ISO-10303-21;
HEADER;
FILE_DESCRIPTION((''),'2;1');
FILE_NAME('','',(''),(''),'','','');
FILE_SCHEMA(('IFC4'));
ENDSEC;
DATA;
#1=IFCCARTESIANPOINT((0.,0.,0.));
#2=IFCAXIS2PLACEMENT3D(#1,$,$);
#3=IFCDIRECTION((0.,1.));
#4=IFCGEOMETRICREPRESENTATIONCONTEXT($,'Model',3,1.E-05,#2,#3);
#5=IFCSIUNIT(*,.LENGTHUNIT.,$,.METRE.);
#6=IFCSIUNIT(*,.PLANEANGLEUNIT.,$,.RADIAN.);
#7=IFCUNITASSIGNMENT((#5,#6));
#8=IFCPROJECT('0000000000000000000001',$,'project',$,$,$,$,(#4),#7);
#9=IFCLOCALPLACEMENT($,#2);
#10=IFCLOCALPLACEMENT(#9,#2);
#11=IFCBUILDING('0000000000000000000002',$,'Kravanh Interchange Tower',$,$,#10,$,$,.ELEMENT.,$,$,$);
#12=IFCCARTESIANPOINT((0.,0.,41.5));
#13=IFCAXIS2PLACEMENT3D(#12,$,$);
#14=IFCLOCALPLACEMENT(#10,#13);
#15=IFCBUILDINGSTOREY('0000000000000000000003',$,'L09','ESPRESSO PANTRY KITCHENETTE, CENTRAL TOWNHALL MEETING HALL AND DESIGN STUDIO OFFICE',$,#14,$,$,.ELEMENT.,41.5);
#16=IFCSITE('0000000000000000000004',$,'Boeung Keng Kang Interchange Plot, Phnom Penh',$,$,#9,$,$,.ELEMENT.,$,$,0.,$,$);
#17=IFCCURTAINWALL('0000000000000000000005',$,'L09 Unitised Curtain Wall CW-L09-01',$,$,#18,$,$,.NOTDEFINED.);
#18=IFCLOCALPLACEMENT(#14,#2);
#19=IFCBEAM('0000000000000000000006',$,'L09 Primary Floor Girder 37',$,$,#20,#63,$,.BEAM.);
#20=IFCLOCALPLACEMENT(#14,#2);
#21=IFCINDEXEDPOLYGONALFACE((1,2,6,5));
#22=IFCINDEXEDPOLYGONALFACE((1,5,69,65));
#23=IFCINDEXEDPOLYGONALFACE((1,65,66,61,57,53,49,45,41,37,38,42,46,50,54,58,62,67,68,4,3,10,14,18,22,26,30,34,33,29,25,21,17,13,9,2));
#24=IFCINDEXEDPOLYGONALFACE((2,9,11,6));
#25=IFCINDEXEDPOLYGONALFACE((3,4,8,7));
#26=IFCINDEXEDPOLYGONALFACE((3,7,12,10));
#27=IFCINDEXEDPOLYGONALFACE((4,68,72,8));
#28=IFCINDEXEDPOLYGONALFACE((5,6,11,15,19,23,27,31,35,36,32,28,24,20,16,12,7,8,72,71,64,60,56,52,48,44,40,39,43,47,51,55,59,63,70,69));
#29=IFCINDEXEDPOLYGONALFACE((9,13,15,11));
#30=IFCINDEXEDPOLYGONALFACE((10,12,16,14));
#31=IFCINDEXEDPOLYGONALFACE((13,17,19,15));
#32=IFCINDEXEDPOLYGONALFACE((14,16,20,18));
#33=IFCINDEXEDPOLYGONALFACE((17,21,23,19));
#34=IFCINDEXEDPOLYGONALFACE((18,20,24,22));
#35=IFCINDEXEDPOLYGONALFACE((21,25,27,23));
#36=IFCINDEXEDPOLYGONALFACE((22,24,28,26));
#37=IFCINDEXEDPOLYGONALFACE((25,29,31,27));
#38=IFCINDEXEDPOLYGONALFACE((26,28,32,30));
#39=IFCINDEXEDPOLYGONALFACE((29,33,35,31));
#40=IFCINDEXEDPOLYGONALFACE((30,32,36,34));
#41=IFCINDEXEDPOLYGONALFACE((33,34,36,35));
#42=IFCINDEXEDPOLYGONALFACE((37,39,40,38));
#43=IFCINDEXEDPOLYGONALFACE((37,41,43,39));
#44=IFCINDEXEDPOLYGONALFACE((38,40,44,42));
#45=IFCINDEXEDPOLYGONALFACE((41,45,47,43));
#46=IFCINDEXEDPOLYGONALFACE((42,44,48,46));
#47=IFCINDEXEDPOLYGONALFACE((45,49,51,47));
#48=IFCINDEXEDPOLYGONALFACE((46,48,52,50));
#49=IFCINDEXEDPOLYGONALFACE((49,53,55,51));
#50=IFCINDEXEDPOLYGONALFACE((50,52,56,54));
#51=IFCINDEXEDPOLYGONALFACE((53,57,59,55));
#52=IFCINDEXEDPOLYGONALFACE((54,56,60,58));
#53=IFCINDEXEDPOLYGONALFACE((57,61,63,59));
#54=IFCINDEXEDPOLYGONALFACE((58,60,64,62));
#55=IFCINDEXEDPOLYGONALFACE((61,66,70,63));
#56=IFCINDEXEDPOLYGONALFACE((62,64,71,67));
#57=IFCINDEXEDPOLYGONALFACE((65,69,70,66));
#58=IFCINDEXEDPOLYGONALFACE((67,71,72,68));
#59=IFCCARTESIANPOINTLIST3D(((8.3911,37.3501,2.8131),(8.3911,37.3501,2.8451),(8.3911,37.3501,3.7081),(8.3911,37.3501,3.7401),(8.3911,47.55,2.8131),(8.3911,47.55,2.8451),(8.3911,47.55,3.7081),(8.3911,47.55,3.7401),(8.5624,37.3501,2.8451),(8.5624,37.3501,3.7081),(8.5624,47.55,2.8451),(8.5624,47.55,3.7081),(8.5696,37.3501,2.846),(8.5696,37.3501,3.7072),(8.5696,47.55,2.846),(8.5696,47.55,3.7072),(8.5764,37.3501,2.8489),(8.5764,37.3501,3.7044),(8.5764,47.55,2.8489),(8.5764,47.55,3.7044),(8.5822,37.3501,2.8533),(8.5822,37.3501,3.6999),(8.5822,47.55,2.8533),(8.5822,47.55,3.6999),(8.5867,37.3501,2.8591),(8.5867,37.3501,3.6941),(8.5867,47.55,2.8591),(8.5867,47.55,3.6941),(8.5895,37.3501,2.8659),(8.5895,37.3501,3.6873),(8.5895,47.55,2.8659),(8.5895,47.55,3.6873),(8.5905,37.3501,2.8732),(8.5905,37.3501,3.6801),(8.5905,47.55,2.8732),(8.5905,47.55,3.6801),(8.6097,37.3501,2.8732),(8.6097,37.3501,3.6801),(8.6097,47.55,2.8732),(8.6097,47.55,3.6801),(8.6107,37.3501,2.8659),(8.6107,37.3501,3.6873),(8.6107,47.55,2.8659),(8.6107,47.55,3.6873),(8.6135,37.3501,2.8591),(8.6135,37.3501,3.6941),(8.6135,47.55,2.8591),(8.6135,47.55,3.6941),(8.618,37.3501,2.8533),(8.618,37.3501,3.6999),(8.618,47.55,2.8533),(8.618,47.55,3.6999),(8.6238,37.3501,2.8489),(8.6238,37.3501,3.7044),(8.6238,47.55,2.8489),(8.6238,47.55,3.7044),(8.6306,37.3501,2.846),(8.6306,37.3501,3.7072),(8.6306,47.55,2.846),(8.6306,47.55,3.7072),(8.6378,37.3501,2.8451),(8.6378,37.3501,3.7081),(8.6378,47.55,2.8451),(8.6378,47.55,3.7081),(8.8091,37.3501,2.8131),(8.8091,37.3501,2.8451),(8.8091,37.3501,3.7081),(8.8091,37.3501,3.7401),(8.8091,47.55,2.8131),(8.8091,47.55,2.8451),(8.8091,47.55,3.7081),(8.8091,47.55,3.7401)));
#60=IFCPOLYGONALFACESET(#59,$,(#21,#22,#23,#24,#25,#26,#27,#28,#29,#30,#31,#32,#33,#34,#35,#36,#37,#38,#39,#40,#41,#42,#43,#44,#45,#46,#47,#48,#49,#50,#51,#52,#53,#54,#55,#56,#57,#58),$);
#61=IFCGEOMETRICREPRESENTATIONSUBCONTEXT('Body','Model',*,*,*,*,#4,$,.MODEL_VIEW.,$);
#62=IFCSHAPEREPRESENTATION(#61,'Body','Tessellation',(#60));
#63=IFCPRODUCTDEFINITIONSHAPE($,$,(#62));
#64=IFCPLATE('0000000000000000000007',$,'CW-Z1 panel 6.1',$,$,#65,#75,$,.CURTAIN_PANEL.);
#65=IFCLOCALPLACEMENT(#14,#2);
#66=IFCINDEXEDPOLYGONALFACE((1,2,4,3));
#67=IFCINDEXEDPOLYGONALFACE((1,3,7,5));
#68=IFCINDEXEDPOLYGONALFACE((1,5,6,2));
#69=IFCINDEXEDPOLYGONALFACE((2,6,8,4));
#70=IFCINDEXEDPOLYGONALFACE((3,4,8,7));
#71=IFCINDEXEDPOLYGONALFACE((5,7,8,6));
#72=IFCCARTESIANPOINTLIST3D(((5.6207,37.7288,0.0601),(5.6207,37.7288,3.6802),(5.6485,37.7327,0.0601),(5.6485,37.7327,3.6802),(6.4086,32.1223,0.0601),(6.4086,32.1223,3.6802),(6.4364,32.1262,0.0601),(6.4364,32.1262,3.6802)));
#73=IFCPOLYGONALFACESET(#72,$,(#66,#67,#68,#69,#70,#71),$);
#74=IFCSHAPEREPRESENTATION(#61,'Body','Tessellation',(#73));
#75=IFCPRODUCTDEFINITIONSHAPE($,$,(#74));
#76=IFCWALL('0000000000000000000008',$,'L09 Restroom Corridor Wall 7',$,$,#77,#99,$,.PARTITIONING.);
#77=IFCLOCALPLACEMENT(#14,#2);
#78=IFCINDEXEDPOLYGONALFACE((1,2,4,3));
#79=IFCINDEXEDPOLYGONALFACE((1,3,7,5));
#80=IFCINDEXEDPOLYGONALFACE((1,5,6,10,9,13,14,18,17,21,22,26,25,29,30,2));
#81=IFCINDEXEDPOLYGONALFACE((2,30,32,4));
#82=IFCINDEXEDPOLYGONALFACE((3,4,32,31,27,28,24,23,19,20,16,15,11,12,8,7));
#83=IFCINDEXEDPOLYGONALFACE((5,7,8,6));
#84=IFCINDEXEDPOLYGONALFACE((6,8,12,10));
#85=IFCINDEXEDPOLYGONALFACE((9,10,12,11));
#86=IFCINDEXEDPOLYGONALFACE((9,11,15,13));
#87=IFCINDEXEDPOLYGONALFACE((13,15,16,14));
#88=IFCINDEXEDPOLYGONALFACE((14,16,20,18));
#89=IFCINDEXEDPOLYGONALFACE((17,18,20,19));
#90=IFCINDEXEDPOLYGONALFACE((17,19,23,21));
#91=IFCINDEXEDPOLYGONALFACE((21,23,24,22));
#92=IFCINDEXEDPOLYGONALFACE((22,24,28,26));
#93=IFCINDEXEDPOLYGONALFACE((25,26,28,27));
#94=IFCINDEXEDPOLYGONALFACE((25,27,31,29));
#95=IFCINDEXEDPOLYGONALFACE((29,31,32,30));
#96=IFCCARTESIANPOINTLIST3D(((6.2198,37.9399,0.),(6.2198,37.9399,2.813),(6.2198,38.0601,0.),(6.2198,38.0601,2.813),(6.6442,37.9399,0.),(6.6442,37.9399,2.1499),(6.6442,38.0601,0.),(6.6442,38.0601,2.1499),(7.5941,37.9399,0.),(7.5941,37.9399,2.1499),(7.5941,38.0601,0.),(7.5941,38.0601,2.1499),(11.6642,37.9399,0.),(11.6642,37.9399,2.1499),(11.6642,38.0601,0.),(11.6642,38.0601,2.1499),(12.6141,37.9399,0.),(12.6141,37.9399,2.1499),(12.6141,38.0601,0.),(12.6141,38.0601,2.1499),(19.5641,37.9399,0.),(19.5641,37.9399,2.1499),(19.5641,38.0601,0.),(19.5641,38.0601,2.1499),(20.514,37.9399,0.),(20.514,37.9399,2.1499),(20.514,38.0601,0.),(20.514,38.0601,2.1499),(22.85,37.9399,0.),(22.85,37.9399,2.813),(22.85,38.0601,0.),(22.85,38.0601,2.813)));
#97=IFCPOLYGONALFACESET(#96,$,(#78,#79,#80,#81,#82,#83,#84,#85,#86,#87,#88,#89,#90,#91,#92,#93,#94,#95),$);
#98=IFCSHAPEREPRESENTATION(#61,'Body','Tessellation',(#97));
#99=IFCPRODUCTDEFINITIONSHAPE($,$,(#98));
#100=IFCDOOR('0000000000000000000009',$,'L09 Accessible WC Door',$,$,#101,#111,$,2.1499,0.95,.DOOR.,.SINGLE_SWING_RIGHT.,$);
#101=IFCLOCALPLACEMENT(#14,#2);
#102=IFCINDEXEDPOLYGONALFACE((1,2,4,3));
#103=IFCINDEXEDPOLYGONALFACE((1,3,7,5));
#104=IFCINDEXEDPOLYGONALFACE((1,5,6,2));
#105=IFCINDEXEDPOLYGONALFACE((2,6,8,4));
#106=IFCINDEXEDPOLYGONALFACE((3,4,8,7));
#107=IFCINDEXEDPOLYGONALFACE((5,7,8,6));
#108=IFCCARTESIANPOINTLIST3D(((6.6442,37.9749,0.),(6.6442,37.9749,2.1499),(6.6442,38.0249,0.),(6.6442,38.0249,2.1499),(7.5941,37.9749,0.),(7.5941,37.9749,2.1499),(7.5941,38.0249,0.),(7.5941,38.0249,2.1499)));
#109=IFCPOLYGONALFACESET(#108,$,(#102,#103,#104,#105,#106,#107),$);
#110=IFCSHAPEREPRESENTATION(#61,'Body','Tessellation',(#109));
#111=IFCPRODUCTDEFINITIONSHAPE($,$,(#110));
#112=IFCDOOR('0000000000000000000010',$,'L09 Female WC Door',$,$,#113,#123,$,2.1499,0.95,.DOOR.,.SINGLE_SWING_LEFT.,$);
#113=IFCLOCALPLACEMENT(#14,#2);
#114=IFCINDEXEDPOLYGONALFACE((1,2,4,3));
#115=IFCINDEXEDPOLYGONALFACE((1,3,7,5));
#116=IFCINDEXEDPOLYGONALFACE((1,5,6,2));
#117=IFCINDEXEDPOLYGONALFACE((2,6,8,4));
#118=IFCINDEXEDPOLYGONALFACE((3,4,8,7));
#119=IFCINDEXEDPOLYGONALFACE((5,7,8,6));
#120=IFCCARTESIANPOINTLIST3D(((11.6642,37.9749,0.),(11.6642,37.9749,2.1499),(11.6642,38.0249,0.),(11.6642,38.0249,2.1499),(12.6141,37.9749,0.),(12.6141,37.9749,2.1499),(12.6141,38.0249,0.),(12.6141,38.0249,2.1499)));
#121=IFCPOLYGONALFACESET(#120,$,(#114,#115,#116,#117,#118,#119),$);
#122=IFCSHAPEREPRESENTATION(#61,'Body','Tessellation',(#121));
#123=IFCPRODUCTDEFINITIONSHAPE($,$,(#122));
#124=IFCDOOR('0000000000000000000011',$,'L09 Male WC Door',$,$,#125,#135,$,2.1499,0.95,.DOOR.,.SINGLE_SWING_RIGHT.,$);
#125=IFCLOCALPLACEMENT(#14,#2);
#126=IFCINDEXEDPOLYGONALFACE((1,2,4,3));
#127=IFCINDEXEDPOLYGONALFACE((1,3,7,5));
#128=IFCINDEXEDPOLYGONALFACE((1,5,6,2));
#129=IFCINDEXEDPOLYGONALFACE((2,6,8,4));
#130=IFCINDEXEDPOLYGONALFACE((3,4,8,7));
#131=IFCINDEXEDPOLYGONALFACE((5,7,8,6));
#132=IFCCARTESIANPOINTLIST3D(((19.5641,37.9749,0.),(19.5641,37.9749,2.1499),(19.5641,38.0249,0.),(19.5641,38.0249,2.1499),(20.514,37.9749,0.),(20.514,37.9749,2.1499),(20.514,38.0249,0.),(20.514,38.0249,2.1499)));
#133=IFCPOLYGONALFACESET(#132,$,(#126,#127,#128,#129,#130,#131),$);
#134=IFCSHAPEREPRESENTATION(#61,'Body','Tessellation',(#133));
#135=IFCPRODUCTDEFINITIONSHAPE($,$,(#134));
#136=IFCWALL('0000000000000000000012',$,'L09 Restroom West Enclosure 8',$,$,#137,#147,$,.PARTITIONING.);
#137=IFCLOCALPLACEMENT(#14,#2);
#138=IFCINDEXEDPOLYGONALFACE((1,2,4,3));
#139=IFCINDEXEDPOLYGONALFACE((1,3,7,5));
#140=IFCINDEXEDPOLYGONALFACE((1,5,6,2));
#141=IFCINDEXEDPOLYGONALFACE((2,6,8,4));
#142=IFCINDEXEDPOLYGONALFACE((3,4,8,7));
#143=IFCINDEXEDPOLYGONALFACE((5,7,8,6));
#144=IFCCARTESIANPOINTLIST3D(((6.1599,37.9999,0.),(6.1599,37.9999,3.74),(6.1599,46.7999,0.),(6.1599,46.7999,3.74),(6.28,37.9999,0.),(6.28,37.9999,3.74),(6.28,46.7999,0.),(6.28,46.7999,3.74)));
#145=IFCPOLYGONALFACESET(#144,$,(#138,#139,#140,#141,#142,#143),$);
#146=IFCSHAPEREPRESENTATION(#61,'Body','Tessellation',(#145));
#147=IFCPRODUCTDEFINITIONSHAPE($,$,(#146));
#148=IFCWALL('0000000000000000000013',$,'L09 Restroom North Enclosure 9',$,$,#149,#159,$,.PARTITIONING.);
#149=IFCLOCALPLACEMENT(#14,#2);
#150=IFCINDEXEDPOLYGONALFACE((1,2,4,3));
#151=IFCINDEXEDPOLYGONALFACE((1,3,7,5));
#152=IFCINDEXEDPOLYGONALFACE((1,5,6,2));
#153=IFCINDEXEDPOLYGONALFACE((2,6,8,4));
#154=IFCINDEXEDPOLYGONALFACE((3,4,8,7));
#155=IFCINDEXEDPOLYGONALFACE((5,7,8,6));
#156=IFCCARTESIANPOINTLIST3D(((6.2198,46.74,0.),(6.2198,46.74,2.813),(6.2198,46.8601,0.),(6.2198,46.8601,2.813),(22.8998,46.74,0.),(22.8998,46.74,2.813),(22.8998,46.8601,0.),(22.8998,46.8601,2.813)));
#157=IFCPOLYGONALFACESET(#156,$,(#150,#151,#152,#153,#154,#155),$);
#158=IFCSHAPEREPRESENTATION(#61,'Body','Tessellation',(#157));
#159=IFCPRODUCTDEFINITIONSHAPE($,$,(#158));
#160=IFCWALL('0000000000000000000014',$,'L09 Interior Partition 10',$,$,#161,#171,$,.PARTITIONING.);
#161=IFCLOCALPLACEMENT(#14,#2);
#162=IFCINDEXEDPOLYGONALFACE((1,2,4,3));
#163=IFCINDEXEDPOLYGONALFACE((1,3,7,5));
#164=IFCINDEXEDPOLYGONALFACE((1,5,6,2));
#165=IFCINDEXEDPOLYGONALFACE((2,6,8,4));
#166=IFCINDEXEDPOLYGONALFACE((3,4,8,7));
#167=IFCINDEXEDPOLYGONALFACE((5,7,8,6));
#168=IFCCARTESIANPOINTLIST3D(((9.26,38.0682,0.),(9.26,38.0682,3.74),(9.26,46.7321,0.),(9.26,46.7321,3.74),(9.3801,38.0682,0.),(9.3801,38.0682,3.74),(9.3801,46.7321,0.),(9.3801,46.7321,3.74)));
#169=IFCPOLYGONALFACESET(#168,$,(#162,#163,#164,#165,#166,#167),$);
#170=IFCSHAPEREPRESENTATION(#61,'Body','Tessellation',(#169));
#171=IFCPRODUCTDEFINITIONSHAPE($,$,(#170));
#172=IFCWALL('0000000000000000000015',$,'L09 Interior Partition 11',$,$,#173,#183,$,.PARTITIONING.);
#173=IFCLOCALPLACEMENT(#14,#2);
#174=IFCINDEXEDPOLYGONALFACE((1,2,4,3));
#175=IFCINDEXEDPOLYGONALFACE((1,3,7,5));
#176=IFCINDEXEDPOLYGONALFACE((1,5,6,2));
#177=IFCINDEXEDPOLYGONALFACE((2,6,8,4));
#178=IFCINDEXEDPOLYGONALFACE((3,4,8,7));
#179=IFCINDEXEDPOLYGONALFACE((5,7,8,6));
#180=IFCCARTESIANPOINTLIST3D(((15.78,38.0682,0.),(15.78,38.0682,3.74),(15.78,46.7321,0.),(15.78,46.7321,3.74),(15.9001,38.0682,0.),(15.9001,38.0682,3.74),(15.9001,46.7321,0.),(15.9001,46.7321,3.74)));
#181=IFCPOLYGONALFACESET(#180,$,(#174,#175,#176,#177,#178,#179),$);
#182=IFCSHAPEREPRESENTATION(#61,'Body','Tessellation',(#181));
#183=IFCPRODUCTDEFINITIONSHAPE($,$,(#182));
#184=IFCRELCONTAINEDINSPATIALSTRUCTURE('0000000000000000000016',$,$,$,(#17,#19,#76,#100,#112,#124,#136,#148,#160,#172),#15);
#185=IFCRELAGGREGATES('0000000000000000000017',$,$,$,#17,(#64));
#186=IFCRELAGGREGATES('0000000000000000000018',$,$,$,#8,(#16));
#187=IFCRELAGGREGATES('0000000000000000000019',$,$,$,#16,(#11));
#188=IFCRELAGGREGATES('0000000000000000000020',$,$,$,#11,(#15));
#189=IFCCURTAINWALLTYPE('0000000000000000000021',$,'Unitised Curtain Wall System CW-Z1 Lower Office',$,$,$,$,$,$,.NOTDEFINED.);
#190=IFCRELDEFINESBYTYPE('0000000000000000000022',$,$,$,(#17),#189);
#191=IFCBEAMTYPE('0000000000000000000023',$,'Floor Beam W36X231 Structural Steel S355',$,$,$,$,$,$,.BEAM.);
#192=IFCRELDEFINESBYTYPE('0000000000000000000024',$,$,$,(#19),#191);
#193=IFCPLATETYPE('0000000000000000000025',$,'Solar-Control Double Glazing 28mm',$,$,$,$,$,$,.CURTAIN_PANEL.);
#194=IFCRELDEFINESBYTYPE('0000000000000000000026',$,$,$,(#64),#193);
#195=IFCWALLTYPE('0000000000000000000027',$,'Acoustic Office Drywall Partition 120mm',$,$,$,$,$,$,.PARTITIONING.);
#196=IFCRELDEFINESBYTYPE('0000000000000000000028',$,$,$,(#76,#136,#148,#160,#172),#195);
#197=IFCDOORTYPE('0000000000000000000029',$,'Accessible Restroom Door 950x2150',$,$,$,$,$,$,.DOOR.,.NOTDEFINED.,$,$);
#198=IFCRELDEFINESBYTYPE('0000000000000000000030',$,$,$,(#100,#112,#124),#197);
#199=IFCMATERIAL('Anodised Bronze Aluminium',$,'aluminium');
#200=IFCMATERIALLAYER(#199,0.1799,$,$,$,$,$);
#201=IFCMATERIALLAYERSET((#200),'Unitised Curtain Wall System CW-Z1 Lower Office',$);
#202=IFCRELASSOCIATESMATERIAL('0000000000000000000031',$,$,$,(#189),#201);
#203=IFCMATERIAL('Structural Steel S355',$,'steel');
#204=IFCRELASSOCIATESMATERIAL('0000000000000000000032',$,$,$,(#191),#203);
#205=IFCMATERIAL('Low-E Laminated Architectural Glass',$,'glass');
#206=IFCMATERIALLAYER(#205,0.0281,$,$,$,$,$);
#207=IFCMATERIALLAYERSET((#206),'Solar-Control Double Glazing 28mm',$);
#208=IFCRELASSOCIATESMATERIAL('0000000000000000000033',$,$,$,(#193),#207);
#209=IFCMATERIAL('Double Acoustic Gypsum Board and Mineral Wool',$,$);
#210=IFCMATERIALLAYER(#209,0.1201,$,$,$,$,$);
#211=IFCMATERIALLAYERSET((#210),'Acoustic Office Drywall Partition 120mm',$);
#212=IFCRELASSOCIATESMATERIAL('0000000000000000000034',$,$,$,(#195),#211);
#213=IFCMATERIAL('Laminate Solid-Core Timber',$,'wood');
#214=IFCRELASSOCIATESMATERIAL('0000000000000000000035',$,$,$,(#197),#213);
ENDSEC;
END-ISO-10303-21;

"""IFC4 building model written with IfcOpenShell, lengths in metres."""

from ifc_helpers import new_model, si_unit, direction, frame, frame_2d, origin, origin_2d, place, context, subcontext, project, spatial, rectangle, i_section, extrude, material, layer, layer_set, material_profile, profile_set, type_object, element, fill, aggregate, save


model = new_model("IFC4")

# Units and contexts
model_context = context("Model", 3, precision=1e-05, world=origin(), true_north=direction((0.0, 1.0)))
body_context = subcontext(model_context, "Body", "Model", "MODEL_VIEW")
ifc_project = project(units=[si_unit("LENGTHUNIT", "METRE"), si_unit("PLANEANGLEUNIT", "RADIAN")], contexts=[model_context])

# Site, building, storey
site_placement = place(None, origin())
site = spatial("IfcSite", under=ifc_project, at=site_placement, Name="Boeung Keng Kang Interchange Plot, Phnom Penh", CompositionType="ELEMENT", RefElevation=0.0)
building_placement = place(site_placement, origin())
building = spatial("IfcBuilding", under=site, at=building_placement, Name="Kravanh Interchange Tower", CompositionType="ELEMENT")
storey_placement = place(building_placement, frame((0.0, 0.0, 41.5)))
storey = spatial("IfcBuildingStorey", under=building, at=storey_placement, Name="L09", Description="ESPRESSO PANTRY KITCHENETTE, CENTRAL TOWNHALL MEETING HALL AND DESIGN STUDIO OFFICE", CompositionType="ELEMENT", Elevation=41.5)

# Curtain wall
ifc_material_1 = material(Name="Anodised Bronze Aluminium", Category="aluminium")
ifc_layer_1 = layer(ifc_material_1, 0.1799)
ifc_layer_set_1 = layer_set([ifc_layer_1], Name="Unitised Curtain Wall System CW-Z1 Lower Office")
curtain_wall_type = type_object("IfcCurtainWallType", Name="Unitised Curtain Wall System CW-Z1 Lower Office", PredefinedType="NOTDEFINED", material=ifc_layer_set_1)
curtain_wall_placement = place(storey_placement, origin())
curtain_wall = element("IfcCurtainWall", 1, at=curtain_wall_placement, inside=storey, type_object=curtain_wall_type, Name="L09 Unitised Curtain Wall CW-L09-01", PredefinedType="NOTDEFINED")

# Beam
ifc_material_2 = material(Name="Structural Steel S355", Category="steel")
ifc_material_profile_1 = material_profile(ifc_material_2, i_section(OverallWidth=0.418, OverallDepth=0.927, WebThickness=0.0193, FlangeThickness=0.032, FilletRadius=0.0281, at=origin_2d()), Name="W36X231")
ifc_profile_set_1 = profile_set([ifc_material_profile_1], Name="Structural Steel S355")
beam_type = type_object("IfcBeamType", Name="Floor Beam W36X231 Structural Steel S355", PredefinedType="BEAM", material=ifc_profile_set_1)
beam_1_placement = place(storey_placement, frame((8.6001, 37.3501, 3.2766), z_axis=(0.0, 1.0, 0.0), x_axis=(-1.0, 0.0, 0.0)))
element("IfcBeam", 2, at=beam_1_placement, inside=storey, type_object=beam_type, Name="L09 Primary Floor Girder 37", PredefinedType="BEAM", context=body_context, shape_type="SweptSolid", body=[
    extrude(i_section(OverallWidth=0.418, OverallDepth=0.927, WebThickness=0.0193, FlangeThickness=0.032, FilletRadius=0.0281, at=origin_2d()), origin(), (0.0, 0.0, 1.0), 10.2),
])

# Plate
ifc_material_3 = material(Name="Low-E Laminated Architectural Glass", Category="glass")
ifc_layer_2 = layer(ifc_material_3, 0.0281)
ifc_layer_set_2 = layer_set([ifc_layer_2], Name="Solar-Control Double Glazing 28mm")
plate_type = type_object("IfcPlateType", Name="Solar-Control Double Glazing 28mm", PredefinedType="CURTAIN_PANEL", material=ifc_layer_set_2)
plate_placement = place(storey_placement, frame((6.0286, 34.9275, 0.0601), z_axis=(0.0, 0.0, 1.0), x_axis=(-0.139177, 0.990268, 0.0)))
plate = element("IfcPlate", 3, at=plate_placement, type_object=plate_type, Name="CW-Z1 panel 6.1", PredefinedType="CURTAIN_PANEL", context=body_context, shape_type="SweptSolid", body=[
    extrude(rectangle(XDim=5.6616, YDim=0.0281, at=origin_2d()), origin(), (0.0, 0.0, 1.0), 3.6201),
])
aggregate(curtain_wall, [plate])

# Wall, openings, doors
ifc_material_4 = material(Name="Double Acoustic Gypsum Board and Mineral Wool")
ifc_layer_3 = layer(ifc_material_4, 0.1201)
ifc_layer_set_3 = layer_set([ifc_layer_3], Name="Acoustic Office Drywall Partition 120mm")
wall_type_1 = type_object("IfcWallType", Name="Acoustic Office Drywall Partition 120mm", PredefinedType="PARTITIONING", material=ifc_layer_set_3)
wall_1_placement = place(storey_placement, frame((6.22, 38.0, 0.0), z_axis=(0.0, 0.0, 1.0), x_axis=(1.0, 0.0, 0.0)))
wall_1 = element("IfcWall", 4, at=wall_1_placement, inside=storey, type_object=wall_type_1, Name="L09 Restroom Corridor Wall 7", PredefinedType="PARTITIONING", context=body_context, shape_type="SweptSolid", body=[
    extrude(rectangle(XDim=16.6301, YDim=0.1201, at=frame_2d((8.3149, 0.0))), origin(), (0.0, 0.0, 1.0), 2.813),
])
opening_1_placement = place(wall_1_placement, frame((0.4241, 0.0, 0.0)))
opening_1 = element("IfcOpeningElement", 5, at=opening_1_placement, cuts=wall_1, PredefinedType="OPENING", context=body_context, shape_type="SweptSolid", body=[
    extrude(rectangle(XDim=0.95, YDim=2.1499, at=frame_2d((0.4751, 1.075))), frame((0.0, 0.0701, 0.0), z_axis=(0.0, -1.0, 0.0), x_axis=(1.0, 0.0, 0.0)), (0.0, 0.0, 1.0), 0.1401),
])
opening_2_placement = place(wall_1_placement, frame((5.4441, 0.0, 0.0)))
opening_2 = element("IfcOpeningElement", 6, at=opening_2_placement, cuts=wall_1, PredefinedType="OPENING", context=body_context, shape_type="SweptSolid", body=[
    extrude(rectangle(XDim=0.95, YDim=2.1499, at=frame_2d((0.4751, 1.075))), frame((0.0, 0.0701, 0.0), z_axis=(0.0, -1.0, 0.0), x_axis=(1.0, 0.0, 0.0)), (0.0, 0.0, 1.0), 0.1401),
])
opening_3_placement = place(wall_1_placement, frame((13.344, 0.0, 0.0)))
opening_3 = element("IfcOpeningElement", 7, at=opening_3_placement, cuts=wall_1, PredefinedType="OPENING", context=body_context, shape_type="SweptSolid", body=[
    extrude(rectangle(XDim=0.95, YDim=2.1499, at=frame_2d((0.4751, 1.075))), frame((0.0, 0.0701, 0.0), z_axis=(0.0, -1.0, 0.0), x_axis=(1.0, 0.0, 0.0)), (0.0, 0.0, 1.0), 0.1401),
])
ifc_material_5 = material(Name="Laminate Solid-Core Timber", Category="wood")
door_type = type_object("IfcDoorType", Name="Accessible Restroom Door 950x2150", OperationType="NOTDEFINED", PredefinedType="DOOR", material=ifc_material_5)
door_1_placement = place(opening_1_placement, origin())
door_1 = element("IfcDoor", 8, at=door_1_placement, inside=storey, type_object=door_type, Name="L09 Accessible WC Door", OperationType="SINGLE_SWING_RIGHT", OverallHeight=2.1499, OverallWidth=0.95, PredefinedType="DOOR", context=body_context, shape_type="SweptSolid", body=[
    extrude(rectangle(XDim=0.95, YDim=2.1499, at=frame_2d((0.4751, 1.075))), frame((0.0, 0.0249, 0.0), z_axis=(0.0, -1.0, 0.0), x_axis=(1.0, 0.0, 0.0)), (0.0, 0.0, 1.0), 0.05),
])
fill(opening_1, door_1)
door_2_placement = place(opening_2_placement, origin())
door_2 = element("IfcDoor", 9, at=door_2_placement, inside=storey, type_object=door_type, Name="L09 Female WC Door", OperationType="SINGLE_SWING_LEFT", OverallHeight=2.1499, OverallWidth=0.95, PredefinedType="DOOR", context=body_context, shape_type="SweptSolid", body=[
    extrude(rectangle(XDim=0.95, YDim=2.1499, at=frame_2d((0.4751, 1.075))), frame((0.0, 0.0249, 0.0), z_axis=(0.0, -1.0, 0.0), x_axis=(1.0, 0.0, 0.0)), (0.0, 0.0, 1.0), 0.05),
])
fill(opening_2, door_2)
door_3_placement = place(opening_3_placement, origin())
door_3 = element("IfcDoor", 10, at=door_3_placement, inside=storey, type_object=door_type, Name="L09 Male WC Door", OperationType="SINGLE_SWING_RIGHT", OverallHeight=2.1499, OverallWidth=0.95, PredefinedType="DOOR", context=body_context, shape_type="SweptSolid", body=[
    extrude(rectangle(XDim=0.95, YDim=2.1499, at=frame_2d((0.4751, 1.075))), frame((0.0, 0.0249, 0.0), z_axis=(0.0, -1.0, 0.0), x_axis=(1.0, 0.0, 0.0)), (0.0, 0.0, 1.0), 0.05),
])
fill(opening_3, door_3)

# Walls
wall_2_placement = place(storey_placement, frame((6.22, 38.0, 0.0), z_axis=(0.0, 0.0, 1.0), x_axis=(0.0, 1.0, 0.0)))
element("IfcWall", 11, at=wall_2_placement, inside=storey, type_object=wall_type_1, Name="L09 Restroom West Enclosure 8", PredefinedType="PARTITIONING", context=body_context, shape_type="SweptSolid", body=[
    extrude(rectangle(XDim=8.8, YDim=0.1201, at=frame_2d((4.3999, 0.0))), origin(), (0.0, 0.0, 1.0), 3.74),
])
wall_3_placement = place(storey_placement, frame((6.22, 46.8, 0.0), z_axis=(0.0, 0.0, 1.0), x_axis=(1.0, 0.0, 0.0)))
element("IfcWall", 12, at=wall_3_placement, inside=storey, type_object=wall_type_1, Name="L09 Restroom North Enclosure 9", PredefinedType="PARTITIONING", context=body_context, shape_type="SweptSolid", body=[
    extrude(rectangle(XDim=16.6799, YDim=0.1201, at=frame_2d((8.3398, 0.0))), origin(), (0.0, 0.0, 1.0), 2.813),
])
for number, where, z_axis, x_axis, name in (
    (13, (9.3201, 38.0681, 0.0), (0.0, 0.0, 1.0), (0.0, 1.0, 0.0), "L09 Interior Partition 10"),
    (14, (15.8401, 38.0681, 0.0), (0.0, 0.0, 1.0), (0.0, 1.0, 0.0), "L09 Interior Partition 11"),
):
    element("IfcWall", number, at=place(storey_placement, frame(where, z_axis=z_axis, x_axis=x_axis)), inside=storey, type_object=wall_type_1, Name=name, PredefinedType="PARTITIONING", context=body_context, shape_type="SweptSolid", body=[
        extrude(rectangle(XDim=8.6638, YDim=0.1201, at=frame_2d((4.332, 0.0))), origin(), (0.0, 0.0, 1.0), 3.74),
    ])

save(model, "model.ifc")
